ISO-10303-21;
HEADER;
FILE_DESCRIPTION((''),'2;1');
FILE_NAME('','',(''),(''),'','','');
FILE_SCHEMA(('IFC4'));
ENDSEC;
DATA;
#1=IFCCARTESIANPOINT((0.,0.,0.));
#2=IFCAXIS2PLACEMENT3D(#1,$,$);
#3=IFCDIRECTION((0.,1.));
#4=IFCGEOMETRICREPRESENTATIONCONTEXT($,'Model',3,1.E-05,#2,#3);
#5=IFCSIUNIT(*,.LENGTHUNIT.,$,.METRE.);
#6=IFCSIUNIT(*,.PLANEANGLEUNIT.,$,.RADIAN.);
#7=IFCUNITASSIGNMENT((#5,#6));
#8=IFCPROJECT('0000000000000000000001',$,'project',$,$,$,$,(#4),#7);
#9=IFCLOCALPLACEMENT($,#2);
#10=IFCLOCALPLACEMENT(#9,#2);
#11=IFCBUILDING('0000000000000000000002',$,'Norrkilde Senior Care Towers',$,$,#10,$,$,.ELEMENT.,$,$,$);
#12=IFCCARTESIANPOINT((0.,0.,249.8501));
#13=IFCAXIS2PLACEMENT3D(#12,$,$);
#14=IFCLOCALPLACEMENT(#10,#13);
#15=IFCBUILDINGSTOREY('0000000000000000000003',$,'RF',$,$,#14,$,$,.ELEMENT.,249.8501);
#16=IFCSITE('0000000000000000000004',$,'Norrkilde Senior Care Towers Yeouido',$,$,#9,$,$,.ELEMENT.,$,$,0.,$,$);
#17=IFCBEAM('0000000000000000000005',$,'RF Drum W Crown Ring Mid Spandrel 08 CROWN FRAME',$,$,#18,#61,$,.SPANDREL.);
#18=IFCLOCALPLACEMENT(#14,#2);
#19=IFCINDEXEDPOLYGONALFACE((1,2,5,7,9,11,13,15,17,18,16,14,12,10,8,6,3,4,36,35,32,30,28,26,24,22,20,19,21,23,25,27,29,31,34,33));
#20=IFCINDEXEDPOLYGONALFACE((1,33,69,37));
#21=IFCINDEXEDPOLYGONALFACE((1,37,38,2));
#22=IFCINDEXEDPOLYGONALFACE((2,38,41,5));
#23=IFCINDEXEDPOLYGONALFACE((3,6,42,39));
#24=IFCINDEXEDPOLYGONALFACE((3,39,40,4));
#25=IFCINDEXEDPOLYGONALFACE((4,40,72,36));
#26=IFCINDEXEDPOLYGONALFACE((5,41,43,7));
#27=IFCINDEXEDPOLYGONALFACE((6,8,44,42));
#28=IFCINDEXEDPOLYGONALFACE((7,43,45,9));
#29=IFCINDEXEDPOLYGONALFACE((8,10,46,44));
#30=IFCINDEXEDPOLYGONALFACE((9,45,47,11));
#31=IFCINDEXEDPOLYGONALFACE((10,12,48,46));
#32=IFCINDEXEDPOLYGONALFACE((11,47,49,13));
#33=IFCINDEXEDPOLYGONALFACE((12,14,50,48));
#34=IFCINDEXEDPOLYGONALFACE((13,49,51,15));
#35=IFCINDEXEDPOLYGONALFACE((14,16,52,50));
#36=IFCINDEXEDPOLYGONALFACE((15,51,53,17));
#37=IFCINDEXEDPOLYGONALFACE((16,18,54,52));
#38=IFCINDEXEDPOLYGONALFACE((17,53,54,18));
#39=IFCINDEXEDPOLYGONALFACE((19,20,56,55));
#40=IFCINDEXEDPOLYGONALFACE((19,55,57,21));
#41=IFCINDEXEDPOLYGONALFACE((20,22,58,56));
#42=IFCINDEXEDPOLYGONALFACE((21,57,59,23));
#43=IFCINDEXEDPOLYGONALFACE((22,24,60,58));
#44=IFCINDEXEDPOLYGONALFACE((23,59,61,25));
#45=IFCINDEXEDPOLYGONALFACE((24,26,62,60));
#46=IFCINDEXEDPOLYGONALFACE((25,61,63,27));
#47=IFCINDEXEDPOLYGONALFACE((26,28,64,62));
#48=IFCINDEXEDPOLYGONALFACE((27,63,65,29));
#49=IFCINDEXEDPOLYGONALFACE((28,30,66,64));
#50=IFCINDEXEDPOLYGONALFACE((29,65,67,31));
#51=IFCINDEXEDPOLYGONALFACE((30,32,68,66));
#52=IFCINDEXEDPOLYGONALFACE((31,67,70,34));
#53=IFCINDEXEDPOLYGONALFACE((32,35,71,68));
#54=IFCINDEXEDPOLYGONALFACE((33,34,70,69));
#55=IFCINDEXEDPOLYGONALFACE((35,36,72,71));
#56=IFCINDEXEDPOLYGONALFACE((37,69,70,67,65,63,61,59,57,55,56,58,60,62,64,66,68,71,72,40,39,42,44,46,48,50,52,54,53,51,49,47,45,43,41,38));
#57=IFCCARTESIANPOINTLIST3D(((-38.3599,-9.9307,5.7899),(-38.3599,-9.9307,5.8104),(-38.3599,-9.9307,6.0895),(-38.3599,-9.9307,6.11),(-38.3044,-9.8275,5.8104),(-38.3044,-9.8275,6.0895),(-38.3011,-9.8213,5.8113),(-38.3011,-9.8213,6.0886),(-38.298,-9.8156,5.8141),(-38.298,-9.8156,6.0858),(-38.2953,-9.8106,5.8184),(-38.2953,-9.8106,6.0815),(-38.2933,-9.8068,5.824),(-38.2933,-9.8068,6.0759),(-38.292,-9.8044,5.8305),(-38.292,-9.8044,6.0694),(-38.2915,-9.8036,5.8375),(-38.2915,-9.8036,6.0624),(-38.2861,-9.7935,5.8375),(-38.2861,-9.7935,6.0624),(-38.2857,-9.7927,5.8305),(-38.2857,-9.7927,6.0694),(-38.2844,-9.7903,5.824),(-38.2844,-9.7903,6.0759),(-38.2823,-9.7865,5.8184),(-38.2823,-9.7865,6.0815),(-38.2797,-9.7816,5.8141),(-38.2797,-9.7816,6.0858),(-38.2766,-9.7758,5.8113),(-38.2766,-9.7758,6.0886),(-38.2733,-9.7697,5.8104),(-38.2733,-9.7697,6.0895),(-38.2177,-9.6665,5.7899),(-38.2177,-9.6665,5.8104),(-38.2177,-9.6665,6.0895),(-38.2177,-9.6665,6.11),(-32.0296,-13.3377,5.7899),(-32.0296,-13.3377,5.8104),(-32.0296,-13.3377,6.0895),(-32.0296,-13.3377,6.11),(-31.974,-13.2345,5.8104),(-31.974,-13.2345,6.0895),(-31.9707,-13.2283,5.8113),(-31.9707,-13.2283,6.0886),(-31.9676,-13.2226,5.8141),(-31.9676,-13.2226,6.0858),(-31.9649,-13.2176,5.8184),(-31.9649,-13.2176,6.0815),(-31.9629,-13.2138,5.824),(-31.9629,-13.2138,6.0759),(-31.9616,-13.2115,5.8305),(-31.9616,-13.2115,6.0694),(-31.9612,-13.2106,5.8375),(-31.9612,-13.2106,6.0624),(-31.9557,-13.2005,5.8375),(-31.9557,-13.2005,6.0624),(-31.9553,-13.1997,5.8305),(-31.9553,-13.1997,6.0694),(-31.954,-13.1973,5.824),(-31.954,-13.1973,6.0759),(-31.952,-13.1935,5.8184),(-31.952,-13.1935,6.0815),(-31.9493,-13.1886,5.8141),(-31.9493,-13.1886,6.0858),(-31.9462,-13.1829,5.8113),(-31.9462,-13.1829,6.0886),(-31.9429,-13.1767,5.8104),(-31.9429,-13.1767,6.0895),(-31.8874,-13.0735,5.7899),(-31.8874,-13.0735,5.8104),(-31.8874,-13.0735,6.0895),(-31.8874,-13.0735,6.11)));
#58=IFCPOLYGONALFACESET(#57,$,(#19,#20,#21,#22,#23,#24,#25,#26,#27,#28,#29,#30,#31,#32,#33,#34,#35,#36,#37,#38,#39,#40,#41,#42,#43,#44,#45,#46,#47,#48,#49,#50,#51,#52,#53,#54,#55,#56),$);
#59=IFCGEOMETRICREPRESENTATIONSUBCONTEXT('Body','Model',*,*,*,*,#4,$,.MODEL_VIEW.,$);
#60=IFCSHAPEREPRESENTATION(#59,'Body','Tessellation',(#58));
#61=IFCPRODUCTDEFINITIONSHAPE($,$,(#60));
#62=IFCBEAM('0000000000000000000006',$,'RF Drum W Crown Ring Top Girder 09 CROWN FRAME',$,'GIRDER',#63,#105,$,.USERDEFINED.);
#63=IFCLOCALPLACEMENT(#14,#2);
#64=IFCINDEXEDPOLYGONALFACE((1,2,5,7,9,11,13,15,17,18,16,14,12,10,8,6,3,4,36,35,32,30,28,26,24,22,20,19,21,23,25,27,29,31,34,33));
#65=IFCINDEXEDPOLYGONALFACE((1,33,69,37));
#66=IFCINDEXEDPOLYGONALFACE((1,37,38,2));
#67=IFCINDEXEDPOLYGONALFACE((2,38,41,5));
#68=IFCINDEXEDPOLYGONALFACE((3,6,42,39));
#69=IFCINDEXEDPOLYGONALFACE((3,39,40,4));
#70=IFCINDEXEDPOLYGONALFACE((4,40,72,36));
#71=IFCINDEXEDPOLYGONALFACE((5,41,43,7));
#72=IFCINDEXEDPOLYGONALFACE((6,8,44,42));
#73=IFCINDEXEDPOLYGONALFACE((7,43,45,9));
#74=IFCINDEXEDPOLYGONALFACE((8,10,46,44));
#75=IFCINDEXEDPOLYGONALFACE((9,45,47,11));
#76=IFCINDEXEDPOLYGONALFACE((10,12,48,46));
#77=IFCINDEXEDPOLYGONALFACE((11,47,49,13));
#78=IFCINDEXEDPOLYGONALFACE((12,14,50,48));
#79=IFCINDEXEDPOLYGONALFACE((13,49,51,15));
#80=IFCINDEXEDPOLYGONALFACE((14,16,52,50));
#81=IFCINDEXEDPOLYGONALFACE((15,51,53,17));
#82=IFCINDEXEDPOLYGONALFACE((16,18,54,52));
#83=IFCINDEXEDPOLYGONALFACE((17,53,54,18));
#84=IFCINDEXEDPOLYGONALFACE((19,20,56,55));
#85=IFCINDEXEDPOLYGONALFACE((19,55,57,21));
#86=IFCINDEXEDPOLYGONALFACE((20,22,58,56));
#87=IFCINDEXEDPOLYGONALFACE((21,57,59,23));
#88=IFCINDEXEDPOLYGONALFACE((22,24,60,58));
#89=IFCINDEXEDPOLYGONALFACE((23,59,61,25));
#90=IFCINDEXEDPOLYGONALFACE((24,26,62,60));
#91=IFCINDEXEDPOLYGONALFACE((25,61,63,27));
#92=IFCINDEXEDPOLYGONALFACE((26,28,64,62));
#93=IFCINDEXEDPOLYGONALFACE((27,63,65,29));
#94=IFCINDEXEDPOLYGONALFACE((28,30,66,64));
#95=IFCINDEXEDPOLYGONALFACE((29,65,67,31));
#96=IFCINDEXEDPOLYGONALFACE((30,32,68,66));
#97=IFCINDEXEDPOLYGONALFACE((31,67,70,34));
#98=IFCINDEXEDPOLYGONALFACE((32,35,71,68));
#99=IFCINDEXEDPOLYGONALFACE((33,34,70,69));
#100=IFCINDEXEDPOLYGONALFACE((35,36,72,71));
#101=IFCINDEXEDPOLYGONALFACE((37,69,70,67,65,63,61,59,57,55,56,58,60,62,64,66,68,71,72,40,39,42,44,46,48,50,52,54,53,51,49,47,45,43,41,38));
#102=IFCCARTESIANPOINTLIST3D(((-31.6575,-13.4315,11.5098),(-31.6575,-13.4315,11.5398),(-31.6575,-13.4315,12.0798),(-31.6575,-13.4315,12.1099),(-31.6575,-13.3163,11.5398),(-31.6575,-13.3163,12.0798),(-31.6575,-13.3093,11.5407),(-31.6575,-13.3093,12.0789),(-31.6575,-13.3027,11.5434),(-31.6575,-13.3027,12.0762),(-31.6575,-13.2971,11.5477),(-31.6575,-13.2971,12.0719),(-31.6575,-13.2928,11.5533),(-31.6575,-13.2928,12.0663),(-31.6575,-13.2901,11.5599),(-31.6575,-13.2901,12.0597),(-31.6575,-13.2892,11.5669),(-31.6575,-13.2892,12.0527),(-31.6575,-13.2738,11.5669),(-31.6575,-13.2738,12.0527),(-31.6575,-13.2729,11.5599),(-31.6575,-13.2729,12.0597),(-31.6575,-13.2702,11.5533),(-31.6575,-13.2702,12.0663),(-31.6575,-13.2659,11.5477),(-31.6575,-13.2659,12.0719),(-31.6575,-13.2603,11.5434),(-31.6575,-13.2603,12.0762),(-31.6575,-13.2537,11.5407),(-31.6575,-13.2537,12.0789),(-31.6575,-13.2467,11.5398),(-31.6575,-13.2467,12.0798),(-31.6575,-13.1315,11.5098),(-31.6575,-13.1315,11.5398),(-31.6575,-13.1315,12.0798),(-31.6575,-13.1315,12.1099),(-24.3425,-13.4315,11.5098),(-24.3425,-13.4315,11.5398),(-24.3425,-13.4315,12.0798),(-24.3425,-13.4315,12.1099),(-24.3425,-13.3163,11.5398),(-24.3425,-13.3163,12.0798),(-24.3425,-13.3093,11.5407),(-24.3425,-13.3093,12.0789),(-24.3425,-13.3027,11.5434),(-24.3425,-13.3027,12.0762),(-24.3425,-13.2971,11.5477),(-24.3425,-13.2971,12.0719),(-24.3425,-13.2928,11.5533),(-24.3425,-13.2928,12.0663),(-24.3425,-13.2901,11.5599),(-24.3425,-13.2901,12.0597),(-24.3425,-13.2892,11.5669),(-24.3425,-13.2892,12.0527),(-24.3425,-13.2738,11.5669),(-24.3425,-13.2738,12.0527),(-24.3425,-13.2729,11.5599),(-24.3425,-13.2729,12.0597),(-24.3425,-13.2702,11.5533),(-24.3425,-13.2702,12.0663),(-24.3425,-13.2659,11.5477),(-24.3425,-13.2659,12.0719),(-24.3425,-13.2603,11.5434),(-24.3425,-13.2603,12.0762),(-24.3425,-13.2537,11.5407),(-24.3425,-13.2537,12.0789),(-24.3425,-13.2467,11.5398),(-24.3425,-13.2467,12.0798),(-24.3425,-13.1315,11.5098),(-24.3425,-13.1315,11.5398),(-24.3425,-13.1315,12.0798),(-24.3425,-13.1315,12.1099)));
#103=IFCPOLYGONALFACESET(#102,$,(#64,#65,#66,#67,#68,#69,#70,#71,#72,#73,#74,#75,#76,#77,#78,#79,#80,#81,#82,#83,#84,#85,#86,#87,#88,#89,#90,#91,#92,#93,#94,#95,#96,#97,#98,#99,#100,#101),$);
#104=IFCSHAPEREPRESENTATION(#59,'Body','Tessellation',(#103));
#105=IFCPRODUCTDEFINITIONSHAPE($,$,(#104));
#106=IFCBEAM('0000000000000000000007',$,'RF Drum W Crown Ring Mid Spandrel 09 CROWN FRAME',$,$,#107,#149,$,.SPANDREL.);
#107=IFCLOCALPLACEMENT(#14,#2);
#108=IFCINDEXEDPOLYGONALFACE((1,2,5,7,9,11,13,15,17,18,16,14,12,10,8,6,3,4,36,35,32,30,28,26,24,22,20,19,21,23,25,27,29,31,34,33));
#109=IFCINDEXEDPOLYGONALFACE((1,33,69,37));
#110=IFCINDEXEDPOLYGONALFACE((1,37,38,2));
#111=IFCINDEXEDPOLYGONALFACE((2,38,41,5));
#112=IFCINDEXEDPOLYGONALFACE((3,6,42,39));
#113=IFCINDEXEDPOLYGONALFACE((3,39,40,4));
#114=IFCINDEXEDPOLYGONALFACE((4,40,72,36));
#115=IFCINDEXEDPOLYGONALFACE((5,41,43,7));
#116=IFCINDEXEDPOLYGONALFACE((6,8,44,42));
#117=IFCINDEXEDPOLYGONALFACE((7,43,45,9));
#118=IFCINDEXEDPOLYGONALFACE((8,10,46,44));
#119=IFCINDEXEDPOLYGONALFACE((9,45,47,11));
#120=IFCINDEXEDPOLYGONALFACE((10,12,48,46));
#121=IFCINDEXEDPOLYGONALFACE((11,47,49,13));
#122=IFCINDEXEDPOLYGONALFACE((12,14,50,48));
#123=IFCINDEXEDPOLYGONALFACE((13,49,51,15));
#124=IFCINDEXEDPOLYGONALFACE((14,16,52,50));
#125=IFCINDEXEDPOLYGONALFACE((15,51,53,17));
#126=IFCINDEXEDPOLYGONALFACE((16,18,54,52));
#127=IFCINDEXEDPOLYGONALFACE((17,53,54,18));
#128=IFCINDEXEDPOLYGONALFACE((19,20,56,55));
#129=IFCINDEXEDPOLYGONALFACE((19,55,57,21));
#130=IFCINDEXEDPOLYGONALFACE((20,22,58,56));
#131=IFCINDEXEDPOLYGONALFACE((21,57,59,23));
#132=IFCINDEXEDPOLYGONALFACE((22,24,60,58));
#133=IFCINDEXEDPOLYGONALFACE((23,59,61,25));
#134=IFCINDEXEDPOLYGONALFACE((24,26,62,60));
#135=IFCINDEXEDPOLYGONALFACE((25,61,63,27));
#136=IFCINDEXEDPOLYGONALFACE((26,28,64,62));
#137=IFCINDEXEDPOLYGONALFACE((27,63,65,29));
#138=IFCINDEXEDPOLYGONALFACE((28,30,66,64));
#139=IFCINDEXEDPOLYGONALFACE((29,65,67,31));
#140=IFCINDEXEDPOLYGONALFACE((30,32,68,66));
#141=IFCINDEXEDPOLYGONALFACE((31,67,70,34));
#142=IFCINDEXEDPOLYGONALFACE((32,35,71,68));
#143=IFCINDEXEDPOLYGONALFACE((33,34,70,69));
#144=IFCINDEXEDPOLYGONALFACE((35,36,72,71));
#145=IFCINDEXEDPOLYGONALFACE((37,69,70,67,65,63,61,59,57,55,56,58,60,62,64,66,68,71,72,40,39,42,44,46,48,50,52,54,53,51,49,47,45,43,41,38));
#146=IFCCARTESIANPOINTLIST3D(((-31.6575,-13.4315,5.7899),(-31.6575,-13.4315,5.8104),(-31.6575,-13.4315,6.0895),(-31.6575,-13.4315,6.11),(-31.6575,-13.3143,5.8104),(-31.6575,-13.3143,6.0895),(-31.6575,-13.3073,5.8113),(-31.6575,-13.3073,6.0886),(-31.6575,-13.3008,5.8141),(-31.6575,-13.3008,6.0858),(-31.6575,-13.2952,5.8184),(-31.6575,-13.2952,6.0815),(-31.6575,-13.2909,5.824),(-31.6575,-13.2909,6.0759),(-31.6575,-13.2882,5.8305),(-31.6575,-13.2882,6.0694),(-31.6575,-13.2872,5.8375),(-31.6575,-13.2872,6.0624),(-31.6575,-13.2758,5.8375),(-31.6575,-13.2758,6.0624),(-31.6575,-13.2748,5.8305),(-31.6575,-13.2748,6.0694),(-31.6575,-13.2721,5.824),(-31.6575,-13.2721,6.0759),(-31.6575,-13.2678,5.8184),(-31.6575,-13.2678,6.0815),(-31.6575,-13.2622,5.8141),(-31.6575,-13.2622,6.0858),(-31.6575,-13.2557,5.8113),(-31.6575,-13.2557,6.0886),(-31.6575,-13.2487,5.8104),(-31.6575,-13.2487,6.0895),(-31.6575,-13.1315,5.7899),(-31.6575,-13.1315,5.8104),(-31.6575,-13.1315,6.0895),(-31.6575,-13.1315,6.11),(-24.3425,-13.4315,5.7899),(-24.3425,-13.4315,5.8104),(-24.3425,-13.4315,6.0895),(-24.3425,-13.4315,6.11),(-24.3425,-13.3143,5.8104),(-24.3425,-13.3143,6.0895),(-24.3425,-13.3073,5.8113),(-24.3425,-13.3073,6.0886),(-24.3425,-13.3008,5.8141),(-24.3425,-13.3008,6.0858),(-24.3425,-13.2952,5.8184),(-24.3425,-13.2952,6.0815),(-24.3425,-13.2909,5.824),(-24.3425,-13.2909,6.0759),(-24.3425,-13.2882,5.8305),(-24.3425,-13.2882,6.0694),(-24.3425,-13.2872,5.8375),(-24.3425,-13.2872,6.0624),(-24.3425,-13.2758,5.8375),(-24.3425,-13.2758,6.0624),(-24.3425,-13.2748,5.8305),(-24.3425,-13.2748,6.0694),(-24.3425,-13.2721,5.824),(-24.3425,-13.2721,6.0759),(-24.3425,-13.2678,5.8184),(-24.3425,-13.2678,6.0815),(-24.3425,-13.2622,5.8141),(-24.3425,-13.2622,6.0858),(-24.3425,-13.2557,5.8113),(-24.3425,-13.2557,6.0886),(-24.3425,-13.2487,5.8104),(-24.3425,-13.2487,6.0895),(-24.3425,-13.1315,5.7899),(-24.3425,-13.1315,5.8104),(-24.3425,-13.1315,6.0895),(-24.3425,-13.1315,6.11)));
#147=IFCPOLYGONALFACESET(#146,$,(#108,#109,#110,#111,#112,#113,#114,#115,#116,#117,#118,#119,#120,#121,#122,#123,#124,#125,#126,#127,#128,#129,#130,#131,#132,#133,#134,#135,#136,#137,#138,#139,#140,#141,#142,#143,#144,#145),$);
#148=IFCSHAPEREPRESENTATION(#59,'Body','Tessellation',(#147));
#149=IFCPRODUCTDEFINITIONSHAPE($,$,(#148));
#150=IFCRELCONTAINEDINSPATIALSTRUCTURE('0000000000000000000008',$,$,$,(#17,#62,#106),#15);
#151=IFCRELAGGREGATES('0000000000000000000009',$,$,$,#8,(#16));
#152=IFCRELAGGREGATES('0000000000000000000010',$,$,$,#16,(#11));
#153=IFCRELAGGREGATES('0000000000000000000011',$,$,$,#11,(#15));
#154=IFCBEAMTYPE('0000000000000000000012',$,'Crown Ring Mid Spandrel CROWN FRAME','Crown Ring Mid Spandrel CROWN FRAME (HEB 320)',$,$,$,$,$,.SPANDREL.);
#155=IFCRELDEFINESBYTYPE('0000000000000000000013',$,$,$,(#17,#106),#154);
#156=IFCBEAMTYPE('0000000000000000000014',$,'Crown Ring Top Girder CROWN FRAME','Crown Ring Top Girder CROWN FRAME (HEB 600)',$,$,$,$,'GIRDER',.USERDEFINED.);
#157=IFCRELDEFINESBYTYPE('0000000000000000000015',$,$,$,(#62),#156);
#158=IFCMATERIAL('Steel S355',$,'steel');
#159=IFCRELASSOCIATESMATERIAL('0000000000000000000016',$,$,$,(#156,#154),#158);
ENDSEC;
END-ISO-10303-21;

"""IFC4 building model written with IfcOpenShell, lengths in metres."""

from ifc_helpers import new_model, si_unit, direction, frame, origin, origin_2d, place, context, subcontext, project, spatial, i_section, extrude, source, transform, mapped, material, material_profile, profile_set, type_object, type_shapes, element, save


model = new_model("IFC4")

# Units and contexts
model_context = context("Model", 3, precision=1e-05, world=origin(), true_north=direction((0.0, 1.0)))
body_context = subcontext(model_context, "Body", "Model", "MODEL_VIEW")
ifc_project = project(units=[si_unit("LENGTHUNIT", "METRE"), si_unit("PLANEANGLEUNIT", "RADIAN")], contexts=[model_context])

# Site, building, storey
site_placement = place(None, origin())
site = spatial("IfcSite", under=ifc_project, at=site_placement, Name="Norrkilde Senior Care Towers Yeouido", CompositionType="ELEMENT", RefElevation=0.0)
building_placement = place(site_placement, origin())
building = spatial("IfcBuilding", under=site, at=building_placement, Name="Norrkilde Senior Care Towers", CompositionType="ELEMENT")
storey_placement = place(building_placement, frame((0.0, 0.0, 249.8501)))
storey = spatial("IfcBuildingStorey", under=building, at=storey_placement, Name="RF", CompositionType="ELEMENT", Elevation=249.8501)

# Shared definitions
ifc_material_1 = material(Name="Steel S355", Category="steel")

# Beams
ifc_material_profile_1 = material_profile(ifc_material_1, i_section(OverallWidth=0.3, OverallDepth=0.6001, WebThickness=0.0154, FlangeThickness=0.03, FilletRadius=0.0271, at=origin_2d()), Name="HEB 600")
ifc_profile_set_1 = profile_set([ifc_material_profile_1], Name="Steel S355")
beam_type_1 = type_object("IfcBeamType", Name="Crown Ring Top Girder CROWN FRAME", Description="Crown Ring Top Girder CROWN FRAME (HEB 600)", ElementType="GIRDER", PredefinedType="USERDEFINED", material=ifc_profile_set_1)
ifc_material_profile_2 = material_profile(ifc_material_1, i_section(OverallWidth=0.3, OverallDepth=0.3201, WebThickness=0.0115, FlangeThickness=0.0205, FilletRadius=0.0271, at=origin_2d()), Name="HEB 320")
ifc_profile_set_2 = profile_set([ifc_material_profile_2], Name="Steel S355")
beam_type_2 = type_object("IfcBeamType", Name="Crown Ring Mid Spandrel CROWN FRAME", Description="Crown Ring Mid Spandrel CROWN FRAME (HEB 320)", PredefinedType="SPANDREL", material=ifc_profile_set_2)
shared_shape_1 = source(origin(), body_context, "Body", "SweptSolid", [
    extrude(i_section(OverallWidth=0.3, OverallDepth=0.3201, WebThickness=0.0115, FlangeThickness=0.0205, FilletRadius=0.0271, at=origin_2d()), origin(), (0.0, 0.0, 1.0), 7.189),
])
beam_1_placement = place(storey_placement, frame((-38.2888, -9.7986, 5.95), z_axis=(0.880567, -0.473922, 0.0), x_axis=(0.473922, 0.880567, 0.0)))
element("IfcBeam", 1, at=beam_1_placement, inside=storey, type_object=beam_type_2, Name="RF Drum W Crown Ring Mid Spandrel 08 CROWN FRAME", PredefinedType="SPANDREL", context=body_context, shape_type="MappedRepresentation", body=[
    mapped(shared_shape_1, transform((0.0, 0.0, 0.0), x_axis=(1.0, 0.0, 0.0), y_axis=(0.0, 1.0, 0.0), z_axis=(0.0, 0.0, 1.0), scale=1.0)),
])
shared_shape_2 = source(origin(), body_context, "Body", "SweptSolid", [
    extrude(i_section(OverallWidth=0.3, OverallDepth=0.6001, WebThickness=0.0154, FlangeThickness=0.03, FilletRadius=0.0271, at=origin_2d()), origin(), (0.0, 0.0, 1.0), 7.3149),
])
beam_2_placement = place(storey_placement, frame((-31.6575, -13.2815, 11.8098), z_axis=(1.0, 0.0, 0.0), x_axis=(0.0, 1.0, 0.0)))
element("IfcBeam", 2, at=beam_2_placement, inside=storey, type_object=beam_type_1, Name="RF Drum W Crown Ring Top Girder 09 CROWN FRAME", ObjectType="GIRDER", PredefinedType="USERDEFINED", context=body_context, shape_type="MappedRepresentation", body=[
    mapped(shared_shape_2, transform((0.0, 0.0, 0.0), x_axis=(1.0, 0.0, 0.0), y_axis=(0.0, 1.0, 0.0), z_axis=(0.0, 0.0, 1.0), scale=1.0)),
])
shared_shape_3 = source(origin(), body_context, "Body", "SweptSolid", [
    extrude(i_section(OverallWidth=0.3, OverallDepth=0.3201, WebThickness=0.0115, FlangeThickness=0.0205, FilletRadius=0.0271, at=origin_2d()), origin(), (0.0, 0.0, 1.0), 7.3149),
])
type_shapes(beam_type_2, [shared_shape_1, shared_shape_3])
beam_3_placement = place(storey_placement, frame((-31.6575, -13.2815, 5.95), z_axis=(1.0, 0.0, 0.0), x_axis=(0.0, 1.0, 0.0)))
element("IfcBeam", 3, at=beam_3_placement, inside=storey, type_object=beam_type_2, Name="RF Drum W Crown Ring Mid Spandrel 09 CROWN FRAME", PredefinedType="SPANDREL", context=body_context, shape_type="MappedRepresentation", body=[
    mapped(shared_shape_3, transform((0.0, 0.0, 0.0), x_axis=(1.0, 0.0, 0.0), y_axis=(0.0, 1.0, 0.0), z_axis=(0.0, 0.0, 1.0), scale=1.0)),
])

save(model, "model.ifc")
